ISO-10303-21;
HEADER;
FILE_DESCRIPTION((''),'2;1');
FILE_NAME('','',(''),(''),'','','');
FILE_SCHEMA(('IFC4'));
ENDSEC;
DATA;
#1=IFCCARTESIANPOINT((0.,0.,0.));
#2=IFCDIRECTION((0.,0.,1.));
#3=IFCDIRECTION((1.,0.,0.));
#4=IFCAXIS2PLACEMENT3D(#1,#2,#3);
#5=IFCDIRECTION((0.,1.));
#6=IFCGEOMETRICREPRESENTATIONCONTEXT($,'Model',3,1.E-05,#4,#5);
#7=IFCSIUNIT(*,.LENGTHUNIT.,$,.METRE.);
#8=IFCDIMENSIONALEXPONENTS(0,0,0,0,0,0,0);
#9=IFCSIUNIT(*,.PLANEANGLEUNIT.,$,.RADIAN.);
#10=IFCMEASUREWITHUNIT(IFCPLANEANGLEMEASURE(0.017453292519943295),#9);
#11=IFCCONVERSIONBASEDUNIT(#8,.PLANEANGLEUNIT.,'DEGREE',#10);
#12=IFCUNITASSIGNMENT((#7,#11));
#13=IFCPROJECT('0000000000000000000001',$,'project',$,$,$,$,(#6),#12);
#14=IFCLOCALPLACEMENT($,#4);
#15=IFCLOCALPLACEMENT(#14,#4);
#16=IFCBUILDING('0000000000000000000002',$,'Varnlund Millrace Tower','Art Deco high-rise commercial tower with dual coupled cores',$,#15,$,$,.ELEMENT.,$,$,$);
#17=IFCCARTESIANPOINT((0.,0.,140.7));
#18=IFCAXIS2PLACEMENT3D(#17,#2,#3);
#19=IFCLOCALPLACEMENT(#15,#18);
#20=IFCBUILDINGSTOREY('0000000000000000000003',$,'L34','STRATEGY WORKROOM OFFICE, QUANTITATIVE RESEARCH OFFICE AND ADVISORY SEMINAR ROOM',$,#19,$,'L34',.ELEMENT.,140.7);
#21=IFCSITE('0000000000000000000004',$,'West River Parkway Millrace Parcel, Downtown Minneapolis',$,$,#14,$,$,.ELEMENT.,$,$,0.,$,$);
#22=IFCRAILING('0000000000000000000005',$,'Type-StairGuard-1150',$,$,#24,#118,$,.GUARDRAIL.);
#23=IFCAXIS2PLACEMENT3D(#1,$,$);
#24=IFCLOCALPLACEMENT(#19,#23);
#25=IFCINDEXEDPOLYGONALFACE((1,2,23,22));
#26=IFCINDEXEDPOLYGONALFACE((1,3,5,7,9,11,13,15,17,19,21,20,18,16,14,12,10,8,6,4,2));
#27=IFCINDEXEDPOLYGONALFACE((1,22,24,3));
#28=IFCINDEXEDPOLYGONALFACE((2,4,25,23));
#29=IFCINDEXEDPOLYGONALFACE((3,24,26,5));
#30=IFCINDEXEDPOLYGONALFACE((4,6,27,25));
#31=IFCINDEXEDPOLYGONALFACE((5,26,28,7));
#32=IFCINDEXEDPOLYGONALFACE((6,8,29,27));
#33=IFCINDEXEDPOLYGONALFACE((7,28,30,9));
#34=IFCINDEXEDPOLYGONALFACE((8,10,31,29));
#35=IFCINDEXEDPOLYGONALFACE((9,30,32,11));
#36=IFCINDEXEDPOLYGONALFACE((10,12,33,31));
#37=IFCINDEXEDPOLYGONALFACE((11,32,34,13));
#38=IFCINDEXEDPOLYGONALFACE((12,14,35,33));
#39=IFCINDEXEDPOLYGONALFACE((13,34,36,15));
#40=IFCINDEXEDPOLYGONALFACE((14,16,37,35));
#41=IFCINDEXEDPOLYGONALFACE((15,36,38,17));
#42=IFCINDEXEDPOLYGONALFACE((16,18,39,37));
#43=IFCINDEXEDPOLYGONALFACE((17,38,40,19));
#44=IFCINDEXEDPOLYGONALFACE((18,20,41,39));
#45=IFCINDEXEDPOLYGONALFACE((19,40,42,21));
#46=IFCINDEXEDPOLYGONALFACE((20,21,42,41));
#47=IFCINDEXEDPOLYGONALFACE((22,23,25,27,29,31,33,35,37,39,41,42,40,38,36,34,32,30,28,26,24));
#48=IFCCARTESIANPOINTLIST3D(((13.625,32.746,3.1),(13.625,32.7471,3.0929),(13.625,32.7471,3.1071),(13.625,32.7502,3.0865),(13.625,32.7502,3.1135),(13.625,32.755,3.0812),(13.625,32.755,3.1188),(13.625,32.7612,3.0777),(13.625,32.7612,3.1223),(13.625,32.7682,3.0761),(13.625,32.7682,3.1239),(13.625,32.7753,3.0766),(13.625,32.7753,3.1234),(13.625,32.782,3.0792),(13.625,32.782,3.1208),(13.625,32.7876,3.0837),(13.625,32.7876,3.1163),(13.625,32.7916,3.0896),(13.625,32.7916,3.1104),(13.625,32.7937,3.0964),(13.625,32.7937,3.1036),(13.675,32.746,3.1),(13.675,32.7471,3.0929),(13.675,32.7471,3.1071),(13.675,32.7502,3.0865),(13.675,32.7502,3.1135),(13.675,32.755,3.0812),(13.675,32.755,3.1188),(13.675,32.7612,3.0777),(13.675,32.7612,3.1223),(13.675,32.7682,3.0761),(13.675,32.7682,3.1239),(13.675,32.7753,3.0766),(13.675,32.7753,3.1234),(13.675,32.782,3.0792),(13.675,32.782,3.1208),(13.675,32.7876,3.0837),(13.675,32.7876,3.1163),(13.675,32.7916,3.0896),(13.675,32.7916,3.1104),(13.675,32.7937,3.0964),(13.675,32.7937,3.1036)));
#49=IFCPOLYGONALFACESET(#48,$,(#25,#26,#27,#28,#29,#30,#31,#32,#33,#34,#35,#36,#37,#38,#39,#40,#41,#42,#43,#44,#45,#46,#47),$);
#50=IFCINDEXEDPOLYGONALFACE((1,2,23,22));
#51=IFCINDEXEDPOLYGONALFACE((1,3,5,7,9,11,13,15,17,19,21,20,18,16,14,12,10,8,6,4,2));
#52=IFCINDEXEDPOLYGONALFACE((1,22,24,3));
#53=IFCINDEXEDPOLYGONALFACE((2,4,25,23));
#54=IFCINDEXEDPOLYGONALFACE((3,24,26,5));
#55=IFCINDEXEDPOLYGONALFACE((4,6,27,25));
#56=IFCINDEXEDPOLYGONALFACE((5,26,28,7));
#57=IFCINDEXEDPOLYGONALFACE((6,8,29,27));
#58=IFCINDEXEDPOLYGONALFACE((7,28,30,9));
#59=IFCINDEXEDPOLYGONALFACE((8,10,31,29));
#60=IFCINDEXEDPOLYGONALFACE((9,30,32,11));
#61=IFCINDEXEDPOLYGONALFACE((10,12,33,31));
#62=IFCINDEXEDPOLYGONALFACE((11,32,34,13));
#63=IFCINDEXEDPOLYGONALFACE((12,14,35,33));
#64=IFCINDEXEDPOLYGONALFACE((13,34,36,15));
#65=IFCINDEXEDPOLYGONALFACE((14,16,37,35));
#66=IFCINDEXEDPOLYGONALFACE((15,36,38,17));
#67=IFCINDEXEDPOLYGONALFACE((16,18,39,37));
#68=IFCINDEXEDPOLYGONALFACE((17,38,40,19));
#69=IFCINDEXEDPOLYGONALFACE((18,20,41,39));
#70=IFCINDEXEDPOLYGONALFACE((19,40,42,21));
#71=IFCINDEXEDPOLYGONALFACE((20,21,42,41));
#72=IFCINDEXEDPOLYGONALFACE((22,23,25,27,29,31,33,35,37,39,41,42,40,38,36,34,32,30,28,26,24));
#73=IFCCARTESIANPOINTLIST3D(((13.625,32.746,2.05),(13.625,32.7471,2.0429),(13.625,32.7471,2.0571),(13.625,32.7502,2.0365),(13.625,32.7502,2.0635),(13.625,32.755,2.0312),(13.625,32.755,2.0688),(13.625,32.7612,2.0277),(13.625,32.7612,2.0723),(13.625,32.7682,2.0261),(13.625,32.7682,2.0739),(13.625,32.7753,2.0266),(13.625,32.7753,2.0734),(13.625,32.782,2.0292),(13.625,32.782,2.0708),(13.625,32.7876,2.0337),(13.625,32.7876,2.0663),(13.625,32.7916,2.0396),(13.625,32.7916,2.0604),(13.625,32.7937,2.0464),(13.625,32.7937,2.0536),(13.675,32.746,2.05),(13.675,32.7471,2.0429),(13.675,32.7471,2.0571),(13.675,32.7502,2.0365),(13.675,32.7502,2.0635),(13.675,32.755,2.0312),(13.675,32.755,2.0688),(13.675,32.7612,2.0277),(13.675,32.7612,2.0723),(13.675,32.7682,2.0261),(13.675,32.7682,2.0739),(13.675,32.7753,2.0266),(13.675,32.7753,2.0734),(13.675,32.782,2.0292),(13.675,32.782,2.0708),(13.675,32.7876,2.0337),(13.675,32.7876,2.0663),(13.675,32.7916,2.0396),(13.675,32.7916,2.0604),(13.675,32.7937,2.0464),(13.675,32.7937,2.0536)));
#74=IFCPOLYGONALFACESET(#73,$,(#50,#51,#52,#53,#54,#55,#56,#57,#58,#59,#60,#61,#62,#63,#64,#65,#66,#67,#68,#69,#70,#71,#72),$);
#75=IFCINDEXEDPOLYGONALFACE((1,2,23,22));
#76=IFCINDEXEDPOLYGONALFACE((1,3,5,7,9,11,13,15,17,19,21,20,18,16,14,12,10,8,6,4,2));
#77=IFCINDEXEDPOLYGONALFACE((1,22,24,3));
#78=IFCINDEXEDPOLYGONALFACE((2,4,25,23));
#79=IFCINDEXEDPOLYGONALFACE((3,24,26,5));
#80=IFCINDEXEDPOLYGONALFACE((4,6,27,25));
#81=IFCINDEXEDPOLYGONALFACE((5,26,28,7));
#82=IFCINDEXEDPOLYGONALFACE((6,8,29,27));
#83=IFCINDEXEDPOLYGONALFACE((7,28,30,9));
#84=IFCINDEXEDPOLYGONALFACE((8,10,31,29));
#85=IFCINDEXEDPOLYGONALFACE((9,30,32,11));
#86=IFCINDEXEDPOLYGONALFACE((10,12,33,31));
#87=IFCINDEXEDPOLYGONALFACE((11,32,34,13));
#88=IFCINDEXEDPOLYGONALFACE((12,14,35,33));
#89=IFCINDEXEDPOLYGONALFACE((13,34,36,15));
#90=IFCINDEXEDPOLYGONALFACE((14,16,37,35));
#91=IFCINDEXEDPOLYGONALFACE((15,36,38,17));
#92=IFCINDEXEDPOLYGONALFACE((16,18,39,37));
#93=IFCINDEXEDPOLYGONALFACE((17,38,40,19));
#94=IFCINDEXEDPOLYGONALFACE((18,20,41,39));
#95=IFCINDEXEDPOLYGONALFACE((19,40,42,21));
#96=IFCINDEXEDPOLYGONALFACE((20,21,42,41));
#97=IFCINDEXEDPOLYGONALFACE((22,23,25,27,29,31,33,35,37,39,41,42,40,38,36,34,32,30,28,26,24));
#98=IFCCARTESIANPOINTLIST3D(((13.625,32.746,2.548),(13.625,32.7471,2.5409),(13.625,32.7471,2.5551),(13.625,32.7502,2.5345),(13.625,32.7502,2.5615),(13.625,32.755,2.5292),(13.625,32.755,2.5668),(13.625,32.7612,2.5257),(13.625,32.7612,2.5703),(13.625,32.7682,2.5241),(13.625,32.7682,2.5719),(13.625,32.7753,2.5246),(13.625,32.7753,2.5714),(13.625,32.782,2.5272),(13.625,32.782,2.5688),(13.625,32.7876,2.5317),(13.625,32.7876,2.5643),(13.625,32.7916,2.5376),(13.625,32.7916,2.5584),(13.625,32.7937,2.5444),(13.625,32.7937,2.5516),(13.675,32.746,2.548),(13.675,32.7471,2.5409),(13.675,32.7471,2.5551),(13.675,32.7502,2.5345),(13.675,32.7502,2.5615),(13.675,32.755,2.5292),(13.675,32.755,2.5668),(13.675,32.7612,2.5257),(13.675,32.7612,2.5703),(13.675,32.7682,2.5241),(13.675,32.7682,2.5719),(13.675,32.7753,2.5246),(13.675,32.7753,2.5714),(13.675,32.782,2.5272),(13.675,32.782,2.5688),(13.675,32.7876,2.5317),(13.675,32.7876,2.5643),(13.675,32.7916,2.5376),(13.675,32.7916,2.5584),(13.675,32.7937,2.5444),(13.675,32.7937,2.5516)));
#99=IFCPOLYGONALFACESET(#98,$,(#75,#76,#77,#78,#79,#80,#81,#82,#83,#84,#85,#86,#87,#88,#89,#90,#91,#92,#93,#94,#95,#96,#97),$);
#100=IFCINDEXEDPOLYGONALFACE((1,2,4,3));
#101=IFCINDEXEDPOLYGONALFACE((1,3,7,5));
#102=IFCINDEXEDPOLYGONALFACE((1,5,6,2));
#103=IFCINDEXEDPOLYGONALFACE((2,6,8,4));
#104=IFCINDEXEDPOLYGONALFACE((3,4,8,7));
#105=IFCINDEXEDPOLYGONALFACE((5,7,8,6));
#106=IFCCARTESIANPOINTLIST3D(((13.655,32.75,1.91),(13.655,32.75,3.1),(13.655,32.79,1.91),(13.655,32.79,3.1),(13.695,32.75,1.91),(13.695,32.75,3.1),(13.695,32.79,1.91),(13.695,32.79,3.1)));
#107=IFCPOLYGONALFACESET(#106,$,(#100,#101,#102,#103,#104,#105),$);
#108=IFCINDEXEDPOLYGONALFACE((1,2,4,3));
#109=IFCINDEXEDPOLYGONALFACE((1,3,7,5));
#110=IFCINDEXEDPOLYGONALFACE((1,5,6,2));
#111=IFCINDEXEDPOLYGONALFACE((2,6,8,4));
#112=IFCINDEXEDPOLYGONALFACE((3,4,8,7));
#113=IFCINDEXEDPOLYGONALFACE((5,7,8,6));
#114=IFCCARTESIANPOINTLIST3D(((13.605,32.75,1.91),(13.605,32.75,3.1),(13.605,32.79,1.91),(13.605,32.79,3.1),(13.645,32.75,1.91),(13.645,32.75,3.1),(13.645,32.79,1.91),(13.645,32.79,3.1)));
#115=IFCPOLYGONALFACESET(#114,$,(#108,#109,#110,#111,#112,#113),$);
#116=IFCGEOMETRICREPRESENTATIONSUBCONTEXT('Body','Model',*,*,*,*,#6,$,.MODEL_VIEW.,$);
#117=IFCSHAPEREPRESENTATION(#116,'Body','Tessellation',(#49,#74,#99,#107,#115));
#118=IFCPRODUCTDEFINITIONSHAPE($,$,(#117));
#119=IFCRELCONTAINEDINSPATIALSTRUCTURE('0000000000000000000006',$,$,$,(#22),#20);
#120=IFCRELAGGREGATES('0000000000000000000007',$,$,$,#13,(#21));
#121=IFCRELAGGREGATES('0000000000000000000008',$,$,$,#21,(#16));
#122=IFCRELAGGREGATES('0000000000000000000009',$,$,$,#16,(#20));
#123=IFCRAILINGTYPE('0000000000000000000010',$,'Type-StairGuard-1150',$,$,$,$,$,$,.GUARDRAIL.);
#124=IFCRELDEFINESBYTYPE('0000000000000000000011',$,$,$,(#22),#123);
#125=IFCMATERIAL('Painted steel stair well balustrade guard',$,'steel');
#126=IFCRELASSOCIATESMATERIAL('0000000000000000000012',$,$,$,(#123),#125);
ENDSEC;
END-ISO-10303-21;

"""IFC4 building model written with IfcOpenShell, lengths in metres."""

from ifc_helpers import new_model, entity, si_unit, converted_unit, direction, frame, origin_with_axes, origin_2d_with_axis, place, context, subcontext, project, spatial, rectangle, circle, extrude, material, type_object, element, save


model = new_model("IFC4")

# Units and contexts
model_context = context("Model", 3, precision=1e-05, world=origin_with_axes(), true_north=direction((0.0, 1.0)))
body_context = subcontext(model_context, "Body", "Model", "MODEL_VIEW")
ifc_project = project(units=[si_unit("LENGTHUNIT", "METRE"), converted_unit("PLANEANGLEUNIT", "DEGREE", entity("IfcPlaneAngleMeasure", 0.017453292519943295), si_unit("PLANEANGLEUNIT", "RADIAN"), dimensions=[0, 0, 0, 0, 0, 0, 0])], contexts=[model_context])

# Site, building, storey
site_placement = place(None, origin_with_axes())
site = spatial("IfcSite", under=ifc_project, at=site_placement, Name="West River Parkway Millrace Parcel, Downtown Minneapolis", CompositionType="ELEMENT", RefElevation=0.0)
building_placement = place(site_placement, origin_with_axes())
building = spatial("IfcBuilding", under=site, at=building_placement, Name="Varnlund Millrace Tower", Description="Art Deco high-rise commercial tower with dual coupled cores", CompositionType="ELEMENT")
storey_placement = place(building_placement, frame((0.0, 0.0, 140.7), z_axis=(0.0, 0.0, 1.0), x_axis=(1.0, 0.0, 0.0)))
storey = spatial("IfcBuildingStorey", under=building, at=storey_placement, Name="L34", Description="STRATEGY WORKROOM OFFICE, QUANTITATIVE RESEARCH OFFICE AND ADVISORY SEMINAR ROOM", LongName="L34", CompositionType="ELEMENT", Elevation=140.7)

# Railing
ifc_material_1 = material(Name="Painted steel stair well balustrade guard", Category="steel")
railing_type_1 = type_object("IfcRailingType", Name="Type-StairGuard-1150", PredefinedType="GUARDRAIL", material=ifc_material_1)
railing_1_placement = place(storey_placement, frame((0.0, 0.0, -140.7), z_axis=(0.0, 0.0, 1.0), x_axis=(1.0, 0.0, 0.0)))
element("IfcRailing", 1, at=railing_1_placement, inside=storey, type_object=railing_type_1, Name="Type-StairGuard-1150", PredefinedType="GUARDRAIL", context=body_context, shape_type="SweptSolid", body=[
    extrude(circle(Radius=0.024, at=origin_2d_with_axis()), frame((13.675, 32.77, 143.8), z_axis=(-1.0, 0.0, 0.0), x_axis=(0.0, -1.0, 0.0)), (0.0, 0.0, 1.0), 0.05),
    extrude(circle(Radius=0.024, at=origin_2d_with_axis()), frame((13.675, 32.77, 142.75), z_axis=(-1.0, 0.0, 0.0), x_axis=(0.0, -1.0, 0.0)), (0.0, 0.0, 1.0), 0.05),
    extrude(circle(Radius=0.024, at=origin_2d_with_axis()), frame((13.675, 32.77, 143.248), z_axis=(-1.0, 0.0, 0.0), x_axis=(0.0, -1.0, 0.0)), (0.0, 0.0, 1.0), 0.05),
    extrude(rectangle(XDim=0.04, YDim=0.04, at=origin_2d_with_axis()), frame((13.675, 32.77, 142.61), z_axis=(0.0, 0.0, 1.0), x_axis=(1.0, 0.0, 0.0)), (0.0, 0.0, 1.0), 1.19),
    extrude(rectangle(XDim=0.04, YDim=0.04, at=origin_2d_with_axis()), frame((13.625, 32.77, 142.61), z_axis=(0.0, 0.0, 1.0), x_axis=(1.0, 0.0, 0.0)), (0.0, 0.0, 1.0), 1.19),
])

save(model, "model.ifc")
